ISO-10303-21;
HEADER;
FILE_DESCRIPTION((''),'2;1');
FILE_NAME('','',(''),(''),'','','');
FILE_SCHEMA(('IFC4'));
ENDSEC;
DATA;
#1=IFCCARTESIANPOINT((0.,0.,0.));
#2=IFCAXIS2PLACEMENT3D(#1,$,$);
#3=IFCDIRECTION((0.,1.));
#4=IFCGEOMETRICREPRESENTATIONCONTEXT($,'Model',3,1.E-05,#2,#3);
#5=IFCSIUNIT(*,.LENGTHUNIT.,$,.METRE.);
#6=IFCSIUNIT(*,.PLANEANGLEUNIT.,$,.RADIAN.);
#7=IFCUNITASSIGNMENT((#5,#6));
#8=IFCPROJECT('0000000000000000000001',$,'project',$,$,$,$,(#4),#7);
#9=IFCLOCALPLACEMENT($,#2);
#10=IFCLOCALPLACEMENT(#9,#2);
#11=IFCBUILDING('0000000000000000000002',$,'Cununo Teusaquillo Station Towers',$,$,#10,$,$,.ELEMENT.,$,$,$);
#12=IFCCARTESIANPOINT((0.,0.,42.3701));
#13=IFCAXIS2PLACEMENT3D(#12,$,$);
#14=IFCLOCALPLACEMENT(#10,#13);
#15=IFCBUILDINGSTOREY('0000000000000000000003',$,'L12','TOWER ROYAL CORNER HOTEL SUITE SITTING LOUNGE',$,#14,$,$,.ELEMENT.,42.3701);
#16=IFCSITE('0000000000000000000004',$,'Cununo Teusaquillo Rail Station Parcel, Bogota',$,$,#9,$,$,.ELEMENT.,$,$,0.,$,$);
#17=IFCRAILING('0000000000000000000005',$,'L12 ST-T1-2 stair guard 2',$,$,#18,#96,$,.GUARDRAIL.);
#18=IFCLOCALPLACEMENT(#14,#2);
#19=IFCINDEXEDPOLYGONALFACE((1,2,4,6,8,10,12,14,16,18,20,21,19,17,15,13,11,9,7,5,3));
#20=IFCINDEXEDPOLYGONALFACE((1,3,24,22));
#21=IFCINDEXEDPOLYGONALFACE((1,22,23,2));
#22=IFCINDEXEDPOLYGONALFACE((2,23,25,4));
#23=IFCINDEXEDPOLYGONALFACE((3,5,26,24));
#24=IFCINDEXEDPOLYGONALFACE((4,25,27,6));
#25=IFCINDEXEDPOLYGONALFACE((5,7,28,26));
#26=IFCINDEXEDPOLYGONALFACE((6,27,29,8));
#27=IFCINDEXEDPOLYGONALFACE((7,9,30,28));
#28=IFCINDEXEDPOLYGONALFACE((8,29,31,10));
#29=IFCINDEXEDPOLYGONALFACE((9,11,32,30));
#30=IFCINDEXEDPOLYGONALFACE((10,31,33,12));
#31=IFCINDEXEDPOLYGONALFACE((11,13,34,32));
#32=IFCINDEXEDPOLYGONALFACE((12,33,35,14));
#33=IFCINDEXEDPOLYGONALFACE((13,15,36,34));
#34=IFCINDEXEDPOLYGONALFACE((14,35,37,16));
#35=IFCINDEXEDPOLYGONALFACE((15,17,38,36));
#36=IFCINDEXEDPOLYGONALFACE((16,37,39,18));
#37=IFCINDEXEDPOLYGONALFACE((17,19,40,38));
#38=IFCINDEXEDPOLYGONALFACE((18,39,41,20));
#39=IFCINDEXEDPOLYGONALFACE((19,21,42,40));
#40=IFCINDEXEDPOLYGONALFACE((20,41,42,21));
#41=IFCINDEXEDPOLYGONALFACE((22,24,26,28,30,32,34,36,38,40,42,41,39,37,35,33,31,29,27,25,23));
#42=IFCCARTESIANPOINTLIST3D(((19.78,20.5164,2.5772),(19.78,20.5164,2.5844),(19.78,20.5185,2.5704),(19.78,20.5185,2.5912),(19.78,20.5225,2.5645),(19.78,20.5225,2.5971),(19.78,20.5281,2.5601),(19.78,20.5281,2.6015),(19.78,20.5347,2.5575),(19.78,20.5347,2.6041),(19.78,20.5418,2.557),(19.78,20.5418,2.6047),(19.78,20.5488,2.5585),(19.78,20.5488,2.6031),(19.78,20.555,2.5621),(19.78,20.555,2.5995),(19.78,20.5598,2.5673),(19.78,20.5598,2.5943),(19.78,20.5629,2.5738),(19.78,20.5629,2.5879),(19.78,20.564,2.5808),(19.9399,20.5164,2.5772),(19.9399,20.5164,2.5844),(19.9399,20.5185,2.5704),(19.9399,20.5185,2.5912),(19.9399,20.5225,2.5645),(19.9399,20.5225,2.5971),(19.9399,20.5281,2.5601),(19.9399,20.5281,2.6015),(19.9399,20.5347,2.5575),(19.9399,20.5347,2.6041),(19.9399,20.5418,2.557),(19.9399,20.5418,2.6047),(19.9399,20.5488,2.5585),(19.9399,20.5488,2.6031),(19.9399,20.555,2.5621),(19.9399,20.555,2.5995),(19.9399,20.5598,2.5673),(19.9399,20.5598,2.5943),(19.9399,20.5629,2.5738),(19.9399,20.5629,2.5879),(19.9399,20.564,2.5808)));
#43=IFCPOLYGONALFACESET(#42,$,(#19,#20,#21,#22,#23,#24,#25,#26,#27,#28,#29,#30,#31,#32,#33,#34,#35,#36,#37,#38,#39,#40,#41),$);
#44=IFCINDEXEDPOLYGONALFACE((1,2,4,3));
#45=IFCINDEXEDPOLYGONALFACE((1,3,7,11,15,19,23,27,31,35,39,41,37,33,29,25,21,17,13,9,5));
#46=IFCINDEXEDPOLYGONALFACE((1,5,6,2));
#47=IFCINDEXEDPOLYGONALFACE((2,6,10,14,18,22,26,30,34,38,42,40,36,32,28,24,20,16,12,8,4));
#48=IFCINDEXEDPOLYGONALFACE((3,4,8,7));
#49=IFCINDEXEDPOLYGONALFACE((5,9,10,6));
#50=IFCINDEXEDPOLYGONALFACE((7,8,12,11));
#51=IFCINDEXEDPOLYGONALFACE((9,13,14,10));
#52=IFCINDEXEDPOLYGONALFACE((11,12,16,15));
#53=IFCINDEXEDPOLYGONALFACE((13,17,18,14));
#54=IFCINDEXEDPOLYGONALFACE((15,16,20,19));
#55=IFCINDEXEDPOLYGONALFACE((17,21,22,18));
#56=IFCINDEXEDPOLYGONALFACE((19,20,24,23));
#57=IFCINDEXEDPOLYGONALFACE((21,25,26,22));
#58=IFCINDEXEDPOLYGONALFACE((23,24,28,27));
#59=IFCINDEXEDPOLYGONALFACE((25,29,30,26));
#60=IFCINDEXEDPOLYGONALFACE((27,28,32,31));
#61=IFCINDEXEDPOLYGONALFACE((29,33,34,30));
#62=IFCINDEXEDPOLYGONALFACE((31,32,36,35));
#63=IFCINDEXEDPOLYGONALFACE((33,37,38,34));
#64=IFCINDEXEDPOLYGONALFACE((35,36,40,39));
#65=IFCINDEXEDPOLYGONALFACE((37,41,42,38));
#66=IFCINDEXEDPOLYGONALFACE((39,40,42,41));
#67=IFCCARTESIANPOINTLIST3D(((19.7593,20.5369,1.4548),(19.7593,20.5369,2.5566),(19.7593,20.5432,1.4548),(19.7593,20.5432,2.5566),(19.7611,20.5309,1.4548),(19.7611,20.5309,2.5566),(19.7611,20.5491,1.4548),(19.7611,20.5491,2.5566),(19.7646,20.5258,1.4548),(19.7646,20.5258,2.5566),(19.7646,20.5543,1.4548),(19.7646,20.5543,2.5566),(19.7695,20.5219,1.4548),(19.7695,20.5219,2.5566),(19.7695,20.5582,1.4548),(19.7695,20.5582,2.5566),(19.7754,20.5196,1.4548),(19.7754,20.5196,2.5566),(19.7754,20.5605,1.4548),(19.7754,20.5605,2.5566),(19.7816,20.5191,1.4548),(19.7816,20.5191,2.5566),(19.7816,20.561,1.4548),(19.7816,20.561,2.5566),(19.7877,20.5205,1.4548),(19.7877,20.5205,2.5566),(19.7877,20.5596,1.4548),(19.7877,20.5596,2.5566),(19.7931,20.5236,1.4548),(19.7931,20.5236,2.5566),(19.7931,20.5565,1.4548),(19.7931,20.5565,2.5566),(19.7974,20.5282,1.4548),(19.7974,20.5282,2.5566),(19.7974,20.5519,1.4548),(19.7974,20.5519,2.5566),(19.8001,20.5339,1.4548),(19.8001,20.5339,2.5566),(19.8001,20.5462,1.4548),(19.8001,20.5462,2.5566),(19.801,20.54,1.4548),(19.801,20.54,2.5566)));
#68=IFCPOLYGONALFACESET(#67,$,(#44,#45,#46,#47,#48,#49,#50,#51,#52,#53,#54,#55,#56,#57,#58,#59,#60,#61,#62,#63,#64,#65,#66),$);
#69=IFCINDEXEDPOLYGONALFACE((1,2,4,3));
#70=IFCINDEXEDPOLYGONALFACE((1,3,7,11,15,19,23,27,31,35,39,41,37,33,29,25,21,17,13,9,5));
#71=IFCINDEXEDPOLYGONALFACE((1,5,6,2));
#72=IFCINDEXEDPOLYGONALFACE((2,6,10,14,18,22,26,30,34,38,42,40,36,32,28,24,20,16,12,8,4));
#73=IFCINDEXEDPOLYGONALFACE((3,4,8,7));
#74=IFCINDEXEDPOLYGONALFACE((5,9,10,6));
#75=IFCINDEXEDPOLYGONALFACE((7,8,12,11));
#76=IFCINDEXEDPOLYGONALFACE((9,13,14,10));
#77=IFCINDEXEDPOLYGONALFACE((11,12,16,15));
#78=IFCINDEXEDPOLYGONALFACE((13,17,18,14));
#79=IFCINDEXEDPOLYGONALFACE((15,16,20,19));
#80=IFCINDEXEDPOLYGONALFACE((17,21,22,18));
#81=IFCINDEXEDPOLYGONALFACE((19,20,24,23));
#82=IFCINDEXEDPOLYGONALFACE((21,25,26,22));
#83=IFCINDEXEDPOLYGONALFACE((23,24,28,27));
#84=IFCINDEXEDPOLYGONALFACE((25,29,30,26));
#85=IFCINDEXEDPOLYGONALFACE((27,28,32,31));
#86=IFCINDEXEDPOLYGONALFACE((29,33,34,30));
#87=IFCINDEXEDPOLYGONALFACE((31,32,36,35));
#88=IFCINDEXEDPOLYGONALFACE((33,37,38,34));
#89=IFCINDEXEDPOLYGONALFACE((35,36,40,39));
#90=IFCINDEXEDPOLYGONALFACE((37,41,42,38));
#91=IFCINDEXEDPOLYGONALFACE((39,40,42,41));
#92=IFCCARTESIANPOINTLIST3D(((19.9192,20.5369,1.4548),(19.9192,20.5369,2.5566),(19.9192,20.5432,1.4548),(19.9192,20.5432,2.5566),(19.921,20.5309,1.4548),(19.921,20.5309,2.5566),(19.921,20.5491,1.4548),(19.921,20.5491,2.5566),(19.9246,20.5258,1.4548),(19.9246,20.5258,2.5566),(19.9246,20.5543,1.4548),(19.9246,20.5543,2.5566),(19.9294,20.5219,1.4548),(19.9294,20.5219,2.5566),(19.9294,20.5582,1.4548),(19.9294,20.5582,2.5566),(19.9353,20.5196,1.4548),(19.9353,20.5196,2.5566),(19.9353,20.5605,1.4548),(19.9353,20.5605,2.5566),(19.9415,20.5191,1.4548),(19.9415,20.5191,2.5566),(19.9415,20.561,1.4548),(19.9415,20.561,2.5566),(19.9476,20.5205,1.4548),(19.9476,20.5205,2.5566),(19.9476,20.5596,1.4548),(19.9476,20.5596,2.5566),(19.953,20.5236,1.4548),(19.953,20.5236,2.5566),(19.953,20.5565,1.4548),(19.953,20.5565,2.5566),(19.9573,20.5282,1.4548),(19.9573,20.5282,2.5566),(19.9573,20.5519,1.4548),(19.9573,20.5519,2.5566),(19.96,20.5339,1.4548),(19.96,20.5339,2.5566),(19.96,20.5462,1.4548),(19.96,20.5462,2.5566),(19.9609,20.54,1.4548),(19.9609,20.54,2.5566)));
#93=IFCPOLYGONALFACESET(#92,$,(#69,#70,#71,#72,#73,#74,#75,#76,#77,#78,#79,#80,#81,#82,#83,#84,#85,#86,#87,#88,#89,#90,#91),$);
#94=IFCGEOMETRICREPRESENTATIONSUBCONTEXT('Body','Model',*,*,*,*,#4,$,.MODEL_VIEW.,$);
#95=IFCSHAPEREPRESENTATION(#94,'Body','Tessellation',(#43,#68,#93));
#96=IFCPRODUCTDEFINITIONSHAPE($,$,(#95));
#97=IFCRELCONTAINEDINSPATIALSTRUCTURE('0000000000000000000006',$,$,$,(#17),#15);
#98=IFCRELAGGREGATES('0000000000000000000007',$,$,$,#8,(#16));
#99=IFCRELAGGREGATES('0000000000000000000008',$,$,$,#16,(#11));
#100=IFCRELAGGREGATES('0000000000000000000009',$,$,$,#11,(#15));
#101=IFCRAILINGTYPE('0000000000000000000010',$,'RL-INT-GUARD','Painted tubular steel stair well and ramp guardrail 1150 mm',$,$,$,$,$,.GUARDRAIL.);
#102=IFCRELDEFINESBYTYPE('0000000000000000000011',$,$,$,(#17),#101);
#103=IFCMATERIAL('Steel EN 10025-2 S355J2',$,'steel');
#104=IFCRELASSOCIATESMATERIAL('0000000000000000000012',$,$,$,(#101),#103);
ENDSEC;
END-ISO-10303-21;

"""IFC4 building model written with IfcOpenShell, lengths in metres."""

from ifc_helpers import new_model, si_unit, direction, frame, origin, origin_2d, place, context, subcontext, project, spatial, circle, extrude, material, type_object, element, save


model = new_model("IFC4")

# Units and contexts
model_context = context("Model", 3, precision=1e-05, world=origin(), true_north=direction((0.0, 1.0)))
body_context = subcontext(model_context, "Body", "Model", "MODEL_VIEW")
ifc_project = project(units=[si_unit("LENGTHUNIT", "METRE"), si_unit("PLANEANGLEUNIT", "RADIAN")], contexts=[model_context])

# Site, building, storey
site_placement = place(None, origin())
site = spatial("IfcSite", under=ifc_project, at=site_placement, Name="Cununo Teusaquillo Rail Station Parcel, Bogota", CompositionType="ELEMENT", RefElevation=0.0)
building_placement = place(site_placement, origin())
building = spatial("IfcBuilding", under=site, at=building_placement, Name="Cununo Teusaquillo Station Towers", CompositionType="ELEMENT")
storey_placement = place(building_placement, frame((0.0, 0.0, 42.3701)))
storey = spatial("IfcBuildingStorey", under=building, at=storey_placement, Name="L12", Description="TOWER ROYAL CORNER HOTEL SUITE SITTING LOUNGE", CompositionType="ELEMENT", Elevation=42.3701)

# Railing
ifc_material_1 = material(Name="Steel EN 10025-2 S355J2", Category="steel")
railing_type_1 = type_object("IfcRailingType", Name="RL-INT-GUARD", Description="Painted tubular steel stair well and ramp guardrail 1150 mm", PredefinedType="GUARDRAIL", material=ifc_material_1)
railing_1_placement = place(storey_placement, frame((19.78, 20.54, 1.4548)))
element("IfcRailing", 1, at=railing_1_placement, inside=storey, type_object=railing_type_1, Name="L12 ST-T1-2 stair guard 2", PredefinedType="GUARDRAIL", context=body_context, shape_type="SweptSolid", body=[
    extrude(circle(Radius=0.0239, at=origin_2d()), frame((0.0, 0.0, 1.126), z_axis=(1.0, 0.0, 0.0), x_axis=(0.0, 1.0, 0.0)), (0.0, 0.0, 1.0), 0.1599),
    extrude(circle(Radius=0.021, at=origin_2d()), origin(), (0.0, 0.0, 1.0), 1.1018),
    extrude(circle(Radius=0.021, at=origin_2d()), frame((0.1599, 0.0, 0.0)), (0.0, 0.0, 1.0), 1.1018),
])

save(model, "model.ifc")
